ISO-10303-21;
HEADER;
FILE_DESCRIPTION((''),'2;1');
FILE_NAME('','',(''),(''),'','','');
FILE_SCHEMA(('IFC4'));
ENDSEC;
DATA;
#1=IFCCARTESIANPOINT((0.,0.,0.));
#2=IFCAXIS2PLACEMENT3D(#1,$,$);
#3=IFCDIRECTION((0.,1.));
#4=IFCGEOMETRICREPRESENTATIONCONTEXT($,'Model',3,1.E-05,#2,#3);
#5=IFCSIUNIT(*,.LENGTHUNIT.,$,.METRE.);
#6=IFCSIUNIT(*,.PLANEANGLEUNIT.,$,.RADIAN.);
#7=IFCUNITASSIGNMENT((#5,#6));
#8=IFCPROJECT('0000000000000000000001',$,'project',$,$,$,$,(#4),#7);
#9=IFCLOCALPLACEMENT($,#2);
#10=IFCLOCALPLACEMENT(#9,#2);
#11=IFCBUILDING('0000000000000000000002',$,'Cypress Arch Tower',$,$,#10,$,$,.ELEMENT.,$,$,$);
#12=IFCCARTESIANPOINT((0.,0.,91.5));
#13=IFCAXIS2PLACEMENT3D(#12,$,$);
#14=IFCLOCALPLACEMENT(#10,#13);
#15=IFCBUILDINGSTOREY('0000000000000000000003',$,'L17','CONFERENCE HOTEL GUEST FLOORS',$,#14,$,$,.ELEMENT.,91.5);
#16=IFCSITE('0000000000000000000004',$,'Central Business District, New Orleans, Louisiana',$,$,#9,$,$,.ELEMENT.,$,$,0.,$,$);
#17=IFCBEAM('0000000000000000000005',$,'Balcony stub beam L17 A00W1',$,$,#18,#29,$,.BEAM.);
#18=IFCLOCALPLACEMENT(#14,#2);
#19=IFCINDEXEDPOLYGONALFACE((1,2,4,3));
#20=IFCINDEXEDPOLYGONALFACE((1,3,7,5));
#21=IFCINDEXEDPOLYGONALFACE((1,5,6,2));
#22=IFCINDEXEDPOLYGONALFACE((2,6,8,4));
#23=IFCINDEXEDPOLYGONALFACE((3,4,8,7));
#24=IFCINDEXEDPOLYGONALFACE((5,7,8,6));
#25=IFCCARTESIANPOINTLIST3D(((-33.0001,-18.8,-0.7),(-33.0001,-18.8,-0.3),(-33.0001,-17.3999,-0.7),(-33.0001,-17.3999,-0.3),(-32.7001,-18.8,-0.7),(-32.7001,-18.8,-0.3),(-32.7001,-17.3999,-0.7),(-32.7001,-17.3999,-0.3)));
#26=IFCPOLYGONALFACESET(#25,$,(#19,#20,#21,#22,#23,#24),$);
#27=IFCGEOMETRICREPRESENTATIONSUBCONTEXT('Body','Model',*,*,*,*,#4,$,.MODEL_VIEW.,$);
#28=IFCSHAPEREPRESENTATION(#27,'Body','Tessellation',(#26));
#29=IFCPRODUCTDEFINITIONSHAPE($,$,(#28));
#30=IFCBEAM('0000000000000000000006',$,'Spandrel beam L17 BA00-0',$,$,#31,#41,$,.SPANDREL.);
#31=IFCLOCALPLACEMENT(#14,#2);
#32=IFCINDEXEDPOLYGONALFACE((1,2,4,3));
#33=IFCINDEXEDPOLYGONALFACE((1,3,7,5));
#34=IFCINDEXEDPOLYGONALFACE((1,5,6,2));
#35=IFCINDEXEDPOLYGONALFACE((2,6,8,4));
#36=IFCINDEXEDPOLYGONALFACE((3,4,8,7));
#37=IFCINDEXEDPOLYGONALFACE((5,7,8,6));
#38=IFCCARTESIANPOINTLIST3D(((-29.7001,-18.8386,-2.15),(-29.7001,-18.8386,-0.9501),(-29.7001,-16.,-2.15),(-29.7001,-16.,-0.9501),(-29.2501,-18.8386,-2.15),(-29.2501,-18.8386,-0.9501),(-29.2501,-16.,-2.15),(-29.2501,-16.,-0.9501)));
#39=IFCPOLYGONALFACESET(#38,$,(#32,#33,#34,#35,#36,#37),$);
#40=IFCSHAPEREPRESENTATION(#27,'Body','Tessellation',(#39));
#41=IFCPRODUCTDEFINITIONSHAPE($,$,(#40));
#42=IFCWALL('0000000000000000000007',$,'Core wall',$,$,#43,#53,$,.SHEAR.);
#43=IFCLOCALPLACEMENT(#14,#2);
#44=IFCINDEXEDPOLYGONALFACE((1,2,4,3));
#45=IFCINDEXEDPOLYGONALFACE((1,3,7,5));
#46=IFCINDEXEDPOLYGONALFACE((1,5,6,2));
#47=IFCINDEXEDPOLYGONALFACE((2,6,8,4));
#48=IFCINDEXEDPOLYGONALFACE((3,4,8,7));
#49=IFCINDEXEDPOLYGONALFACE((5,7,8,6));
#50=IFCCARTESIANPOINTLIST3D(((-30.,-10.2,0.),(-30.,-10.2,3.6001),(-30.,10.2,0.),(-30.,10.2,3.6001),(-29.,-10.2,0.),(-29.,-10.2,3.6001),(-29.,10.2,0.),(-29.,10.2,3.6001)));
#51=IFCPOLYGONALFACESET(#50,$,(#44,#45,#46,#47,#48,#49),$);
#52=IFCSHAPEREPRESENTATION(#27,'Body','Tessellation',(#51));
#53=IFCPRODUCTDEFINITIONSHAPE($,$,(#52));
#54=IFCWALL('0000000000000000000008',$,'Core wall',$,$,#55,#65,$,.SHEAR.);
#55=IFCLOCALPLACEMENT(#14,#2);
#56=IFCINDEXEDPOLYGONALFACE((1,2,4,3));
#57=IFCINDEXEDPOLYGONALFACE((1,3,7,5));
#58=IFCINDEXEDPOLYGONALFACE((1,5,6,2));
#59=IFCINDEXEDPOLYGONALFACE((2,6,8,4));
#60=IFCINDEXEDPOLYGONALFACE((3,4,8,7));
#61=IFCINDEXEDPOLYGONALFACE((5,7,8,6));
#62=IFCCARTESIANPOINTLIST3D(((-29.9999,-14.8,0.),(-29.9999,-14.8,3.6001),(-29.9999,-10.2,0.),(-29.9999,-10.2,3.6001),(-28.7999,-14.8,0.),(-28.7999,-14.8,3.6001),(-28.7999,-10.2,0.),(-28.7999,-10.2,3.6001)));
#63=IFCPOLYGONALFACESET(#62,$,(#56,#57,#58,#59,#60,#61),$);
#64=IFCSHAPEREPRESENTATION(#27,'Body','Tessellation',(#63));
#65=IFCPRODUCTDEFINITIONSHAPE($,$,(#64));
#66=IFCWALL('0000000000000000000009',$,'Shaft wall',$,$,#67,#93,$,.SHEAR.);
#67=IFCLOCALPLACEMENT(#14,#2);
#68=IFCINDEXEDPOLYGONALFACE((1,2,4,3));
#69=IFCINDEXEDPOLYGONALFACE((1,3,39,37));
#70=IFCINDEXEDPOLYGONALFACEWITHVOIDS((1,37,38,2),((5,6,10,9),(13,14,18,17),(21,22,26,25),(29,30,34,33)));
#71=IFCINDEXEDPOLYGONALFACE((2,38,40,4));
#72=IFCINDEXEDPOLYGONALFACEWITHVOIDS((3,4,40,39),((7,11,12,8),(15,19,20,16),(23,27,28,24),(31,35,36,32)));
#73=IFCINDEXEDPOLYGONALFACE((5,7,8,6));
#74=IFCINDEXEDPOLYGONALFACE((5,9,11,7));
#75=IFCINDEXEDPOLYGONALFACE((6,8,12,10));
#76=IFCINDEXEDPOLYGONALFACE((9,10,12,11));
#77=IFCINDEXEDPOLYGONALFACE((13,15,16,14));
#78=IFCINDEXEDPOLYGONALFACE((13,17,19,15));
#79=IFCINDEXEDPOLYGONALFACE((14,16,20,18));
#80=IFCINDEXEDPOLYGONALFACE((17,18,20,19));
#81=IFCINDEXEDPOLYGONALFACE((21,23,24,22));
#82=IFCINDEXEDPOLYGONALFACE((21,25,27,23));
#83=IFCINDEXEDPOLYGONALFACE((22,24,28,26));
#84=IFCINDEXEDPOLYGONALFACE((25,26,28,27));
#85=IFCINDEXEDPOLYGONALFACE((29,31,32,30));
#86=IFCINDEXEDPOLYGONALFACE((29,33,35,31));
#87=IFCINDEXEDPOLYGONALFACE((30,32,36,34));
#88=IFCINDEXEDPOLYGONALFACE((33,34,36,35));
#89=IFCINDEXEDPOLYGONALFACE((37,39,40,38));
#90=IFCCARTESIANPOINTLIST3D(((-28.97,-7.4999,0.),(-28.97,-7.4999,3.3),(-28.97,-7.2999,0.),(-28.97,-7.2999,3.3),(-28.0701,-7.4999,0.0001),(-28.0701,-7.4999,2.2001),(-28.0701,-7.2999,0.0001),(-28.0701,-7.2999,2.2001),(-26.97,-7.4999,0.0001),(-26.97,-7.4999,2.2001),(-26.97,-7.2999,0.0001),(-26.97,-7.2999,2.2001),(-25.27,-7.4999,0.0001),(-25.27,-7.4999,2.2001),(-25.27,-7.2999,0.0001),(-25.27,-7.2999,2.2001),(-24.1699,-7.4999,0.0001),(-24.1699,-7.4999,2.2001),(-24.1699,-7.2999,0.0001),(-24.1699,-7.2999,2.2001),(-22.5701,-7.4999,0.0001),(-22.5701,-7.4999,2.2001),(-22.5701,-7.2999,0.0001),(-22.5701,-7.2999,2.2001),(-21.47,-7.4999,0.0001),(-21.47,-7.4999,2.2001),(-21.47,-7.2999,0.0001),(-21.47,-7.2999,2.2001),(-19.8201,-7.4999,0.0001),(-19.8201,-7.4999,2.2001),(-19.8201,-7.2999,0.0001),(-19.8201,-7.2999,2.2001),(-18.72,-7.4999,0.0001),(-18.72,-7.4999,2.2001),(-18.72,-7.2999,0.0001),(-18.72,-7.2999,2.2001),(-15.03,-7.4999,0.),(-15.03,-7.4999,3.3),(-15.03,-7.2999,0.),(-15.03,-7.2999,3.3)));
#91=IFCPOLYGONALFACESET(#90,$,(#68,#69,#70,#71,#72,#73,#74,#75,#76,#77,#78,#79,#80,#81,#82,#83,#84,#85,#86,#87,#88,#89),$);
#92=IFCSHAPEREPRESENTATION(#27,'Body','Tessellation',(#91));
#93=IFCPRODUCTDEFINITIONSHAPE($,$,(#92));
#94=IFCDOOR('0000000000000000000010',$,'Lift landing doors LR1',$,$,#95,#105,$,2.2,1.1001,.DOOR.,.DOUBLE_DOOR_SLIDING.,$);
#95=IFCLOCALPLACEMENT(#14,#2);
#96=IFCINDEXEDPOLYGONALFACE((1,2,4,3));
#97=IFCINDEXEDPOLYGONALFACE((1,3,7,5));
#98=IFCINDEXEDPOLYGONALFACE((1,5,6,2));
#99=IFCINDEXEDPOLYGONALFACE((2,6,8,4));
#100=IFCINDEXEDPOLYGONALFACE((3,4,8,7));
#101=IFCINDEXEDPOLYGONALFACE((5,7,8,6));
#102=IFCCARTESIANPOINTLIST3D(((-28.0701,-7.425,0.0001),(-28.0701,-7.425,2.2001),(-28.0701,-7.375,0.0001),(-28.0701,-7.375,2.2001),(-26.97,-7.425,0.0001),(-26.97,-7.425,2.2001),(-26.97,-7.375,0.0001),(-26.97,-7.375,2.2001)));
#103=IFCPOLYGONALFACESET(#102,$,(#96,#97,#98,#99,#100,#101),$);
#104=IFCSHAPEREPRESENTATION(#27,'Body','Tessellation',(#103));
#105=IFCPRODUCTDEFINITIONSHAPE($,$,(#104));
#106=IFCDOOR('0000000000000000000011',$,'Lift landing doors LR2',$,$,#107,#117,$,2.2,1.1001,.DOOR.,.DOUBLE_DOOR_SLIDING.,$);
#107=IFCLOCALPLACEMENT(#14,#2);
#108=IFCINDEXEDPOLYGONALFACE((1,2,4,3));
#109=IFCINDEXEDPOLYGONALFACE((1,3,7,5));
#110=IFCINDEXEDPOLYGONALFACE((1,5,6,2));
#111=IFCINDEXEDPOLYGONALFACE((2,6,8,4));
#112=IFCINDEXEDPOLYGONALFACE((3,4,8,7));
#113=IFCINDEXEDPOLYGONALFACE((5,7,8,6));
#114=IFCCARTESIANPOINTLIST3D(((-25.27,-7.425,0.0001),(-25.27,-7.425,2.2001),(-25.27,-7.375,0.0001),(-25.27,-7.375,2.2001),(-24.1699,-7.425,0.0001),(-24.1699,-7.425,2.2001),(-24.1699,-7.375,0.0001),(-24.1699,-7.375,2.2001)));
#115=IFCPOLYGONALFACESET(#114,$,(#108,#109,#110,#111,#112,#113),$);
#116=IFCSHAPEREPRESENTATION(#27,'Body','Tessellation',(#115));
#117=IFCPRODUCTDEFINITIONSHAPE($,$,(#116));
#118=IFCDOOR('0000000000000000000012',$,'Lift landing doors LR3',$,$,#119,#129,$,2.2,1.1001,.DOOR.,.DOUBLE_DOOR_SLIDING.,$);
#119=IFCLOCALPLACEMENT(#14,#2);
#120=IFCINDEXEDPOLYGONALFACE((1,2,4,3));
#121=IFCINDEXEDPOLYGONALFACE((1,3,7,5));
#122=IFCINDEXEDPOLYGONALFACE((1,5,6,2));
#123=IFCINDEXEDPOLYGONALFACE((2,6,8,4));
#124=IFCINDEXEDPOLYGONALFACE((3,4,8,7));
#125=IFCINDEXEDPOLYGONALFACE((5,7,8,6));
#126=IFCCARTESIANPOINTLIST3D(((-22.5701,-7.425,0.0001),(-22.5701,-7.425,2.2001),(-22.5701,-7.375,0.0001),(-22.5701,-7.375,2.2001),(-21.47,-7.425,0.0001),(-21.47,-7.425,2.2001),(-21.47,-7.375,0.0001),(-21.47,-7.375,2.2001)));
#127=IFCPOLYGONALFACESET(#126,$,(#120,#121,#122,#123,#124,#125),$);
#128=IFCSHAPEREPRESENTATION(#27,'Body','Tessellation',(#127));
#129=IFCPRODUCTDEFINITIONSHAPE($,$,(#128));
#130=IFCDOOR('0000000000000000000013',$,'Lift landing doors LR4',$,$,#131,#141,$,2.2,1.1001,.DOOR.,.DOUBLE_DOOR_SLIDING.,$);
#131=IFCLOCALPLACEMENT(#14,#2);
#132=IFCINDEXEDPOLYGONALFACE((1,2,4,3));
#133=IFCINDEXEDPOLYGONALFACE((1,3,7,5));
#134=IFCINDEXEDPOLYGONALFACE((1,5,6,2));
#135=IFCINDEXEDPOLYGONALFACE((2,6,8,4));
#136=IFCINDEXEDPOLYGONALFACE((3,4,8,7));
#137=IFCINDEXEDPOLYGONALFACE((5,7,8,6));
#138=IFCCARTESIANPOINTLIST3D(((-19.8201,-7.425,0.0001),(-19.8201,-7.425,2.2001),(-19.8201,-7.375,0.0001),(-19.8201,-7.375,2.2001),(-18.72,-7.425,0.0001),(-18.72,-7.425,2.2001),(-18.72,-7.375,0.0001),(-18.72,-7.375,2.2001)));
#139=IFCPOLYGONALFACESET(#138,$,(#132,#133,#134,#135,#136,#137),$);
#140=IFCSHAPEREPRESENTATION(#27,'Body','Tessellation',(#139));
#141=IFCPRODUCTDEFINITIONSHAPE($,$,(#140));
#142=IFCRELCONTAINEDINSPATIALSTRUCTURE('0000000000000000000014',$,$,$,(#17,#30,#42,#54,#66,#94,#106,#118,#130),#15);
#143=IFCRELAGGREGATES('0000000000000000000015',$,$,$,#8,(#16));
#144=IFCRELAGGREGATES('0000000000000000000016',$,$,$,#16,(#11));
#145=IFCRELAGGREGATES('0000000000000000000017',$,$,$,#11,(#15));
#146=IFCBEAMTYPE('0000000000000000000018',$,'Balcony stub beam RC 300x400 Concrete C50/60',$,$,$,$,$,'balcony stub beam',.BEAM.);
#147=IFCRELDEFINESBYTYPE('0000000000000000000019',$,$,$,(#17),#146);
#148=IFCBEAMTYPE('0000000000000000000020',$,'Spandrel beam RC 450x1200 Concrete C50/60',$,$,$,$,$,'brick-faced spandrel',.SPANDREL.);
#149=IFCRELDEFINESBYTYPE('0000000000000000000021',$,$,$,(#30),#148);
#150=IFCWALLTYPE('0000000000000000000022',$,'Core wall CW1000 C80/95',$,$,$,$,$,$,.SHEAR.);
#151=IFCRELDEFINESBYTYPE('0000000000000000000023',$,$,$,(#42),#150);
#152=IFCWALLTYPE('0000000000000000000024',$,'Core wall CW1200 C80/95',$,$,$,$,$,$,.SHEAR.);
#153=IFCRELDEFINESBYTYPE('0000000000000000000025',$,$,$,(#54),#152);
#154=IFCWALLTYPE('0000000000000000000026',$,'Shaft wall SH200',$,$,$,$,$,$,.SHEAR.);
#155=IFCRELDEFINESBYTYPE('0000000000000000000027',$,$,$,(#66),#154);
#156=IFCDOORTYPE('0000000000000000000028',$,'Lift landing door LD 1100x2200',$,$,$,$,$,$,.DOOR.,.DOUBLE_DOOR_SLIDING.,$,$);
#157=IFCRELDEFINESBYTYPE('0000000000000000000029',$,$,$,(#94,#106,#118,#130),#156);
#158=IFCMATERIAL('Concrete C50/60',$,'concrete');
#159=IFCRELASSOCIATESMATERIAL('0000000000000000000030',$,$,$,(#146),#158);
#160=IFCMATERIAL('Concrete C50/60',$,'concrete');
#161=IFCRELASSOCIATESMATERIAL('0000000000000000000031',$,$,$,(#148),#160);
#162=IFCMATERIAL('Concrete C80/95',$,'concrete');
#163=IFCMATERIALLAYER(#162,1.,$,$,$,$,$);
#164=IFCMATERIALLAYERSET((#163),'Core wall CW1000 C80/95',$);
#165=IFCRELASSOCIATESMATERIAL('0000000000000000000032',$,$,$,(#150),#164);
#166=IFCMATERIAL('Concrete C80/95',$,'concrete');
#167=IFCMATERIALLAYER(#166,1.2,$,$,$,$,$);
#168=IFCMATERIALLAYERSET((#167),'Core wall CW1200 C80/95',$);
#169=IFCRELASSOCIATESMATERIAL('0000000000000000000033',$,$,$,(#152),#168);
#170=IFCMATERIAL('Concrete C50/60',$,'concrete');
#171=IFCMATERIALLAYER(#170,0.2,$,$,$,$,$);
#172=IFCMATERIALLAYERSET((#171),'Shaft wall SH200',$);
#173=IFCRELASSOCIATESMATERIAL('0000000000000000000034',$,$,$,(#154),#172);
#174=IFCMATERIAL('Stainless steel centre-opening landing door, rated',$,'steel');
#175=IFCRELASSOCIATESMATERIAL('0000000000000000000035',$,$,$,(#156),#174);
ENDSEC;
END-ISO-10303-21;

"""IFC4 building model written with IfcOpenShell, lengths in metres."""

from ifc_helpers import new_model, si_unit, direction, frame, frame_2d, origin, origin_2d, place, context, subcontext, project, spatial, rectangle, extrude, material, layer, layer_set, material_profile, profile_set, type_object, element, fill, save


model = new_model("IFC4")

# Units and contexts
model_context = context("Model", 3, precision=1e-05, world=origin(), true_north=direction((0.0, 1.0)))
body_context = subcontext(model_context, "Body", "Model", "MODEL_VIEW")
ifc_project = project(units=[si_unit("LENGTHUNIT", "METRE"), si_unit("PLANEANGLEUNIT", "RADIAN")], contexts=[model_context])

# Site, building, storey
site_placement = place(None, origin())
site = spatial("IfcSite", under=ifc_project, at=site_placement, Name="Central Business District, New Orleans, Louisiana", CompositionType="ELEMENT", RefElevation=0.0)
building_placement = place(site_placement, origin())
building = spatial("IfcBuilding", under=site, at=building_placement, Name="Cypress Arch Tower", CompositionType="ELEMENT")
storey_placement = place(building_placement, frame((0.0, 0.0, 91.5)))
storey = spatial("IfcBuildingStorey", under=building, at=storey_placement, Name="L17", Description="CONFERENCE HOTEL GUEST FLOORS", CompositionType="ELEMENT", Elevation=91.5)

# Beams
ifc_material_1 = material(Name="Concrete C50/60", Category="concrete")
ifc_material_profile_1 = material_profile(ifc_material_1, rectangle(XDim=0.3, YDim=0.3999, at=origin_2d()), Name="RC 300x400")
ifc_profile_set_1 = profile_set([ifc_material_profile_1], Name="Concrete C50/60")
beam_type_1 = type_object("IfcBeamType", Name="Balcony stub beam RC 300x400 Concrete C50/60", ElementType="balcony stub beam", PredefinedType="BEAM", material=ifc_profile_set_1)
beam_1_placement = place(storey_placement, frame((-32.8501, -17.3999, -0.5), z_axis=(0.0, -1.0, 0.0), x_axis=(1.0, 0.0, 0.0)))
element("IfcBeam", 1, at=beam_1_placement, inside=storey, type_object=beam_type_1, Name="Balcony stub beam L17 A00W1", PredefinedType="BEAM", context=body_context, shape_type="SweptSolid", body=[
    extrude(rectangle(XDim=0.3, YDim=0.3999, at=origin_2d()), origin(), (0.0, 0.0, 1.0), 1.4001),
])
ifc_material_2 = material(Name="Concrete C50/60", Category="concrete")
ifc_material_profile_2 = material_profile(ifc_material_2, rectangle(XDim=0.45, YDim=1.2, at=origin_2d()), Name="RC 450x1200")
ifc_profile_set_2 = profile_set([ifc_material_profile_2], Name="Concrete C50/60")
beam_type_2 = type_object("IfcBeamType", Name="Spandrel beam RC 450x1200 Concrete C50/60", ElementType="brick-faced spandrel", PredefinedType="SPANDREL", material=ifc_profile_set_2)
beam_2_placement = place(storey_placement, frame((-29.4751, -16.0, -1.55), z_axis=(0.0, -1.0, 0.0), x_axis=(1.0, 0.0, 0.0)))
element("IfcBeam", 2, at=beam_2_placement, inside=storey, type_object=beam_type_2, Name="Spandrel beam L17 BA00-0", PredefinedType="SPANDREL", context=body_context, shape_type="SweptSolid", body=[
    extrude(rectangle(XDim=0.45, YDim=1.2, at=origin_2d()), origin(), (0.0, 0.0, 1.0), 2.8386),
])

# Wall
ifc_material_3 = material(Name="Concrete C80/95", Category="concrete")
ifc_layer_1 = layer(ifc_material_3, 1.0)
ifc_layer_set_1 = layer_set([ifc_layer_1], Name="Core wall CW1000 C80/95")
wall_type_1 = type_object("IfcWallType", Name="Core wall CW1000 C80/95", PredefinedType="SHEAR", material=ifc_layer_set_1)
wall_1_placement = place(storey_placement, frame((-29.5, -10.2, 0.0), z_axis=(0.0, 0.0, 1.0), x_axis=(0.0, 1.0, 0.0)))
element("IfcWall", 3, at=wall_1_placement, inside=storey, type_object=wall_type_1, Name="Core wall", PredefinedType="SHEAR", context=body_context, shape_type="SweptSolid", body=[
    extrude(rectangle(XDim=20.3999, YDim=1.0, at=frame_2d((10.2, 0.0))), origin(), (0.0, 0.0, 1.0), 3.6001),
])

# Shared definitions
ifc_material_4 = material(Name="Concrete C80/95", Category="concrete")
ifc_layer_2 = layer(ifc_material_4, 1.2)
ifc_layer_set_2 = layer_set([ifc_layer_2], Name="Core wall CW1200 C80/95")
wall_type_2 = type_object("IfcWallType", Name="Core wall CW1200 C80/95", PredefinedType="SHEAR", material=ifc_layer_set_2)

# Wall
wall_2_placement = place(storey_placement, frame((-29.3999, -14.8, 0.0), z_axis=(0.0, 0.0, 1.0), x_axis=(0.0, 1.0, 0.0)))
element("IfcWall", 4, at=wall_2_placement, inside=storey, type_object=wall_type_2, Name="Core wall", PredefinedType="SHEAR", context=body_context, shape_type="SweptSolid", body=[
    extrude(rectangle(XDim=4.6001, YDim=1.2, at=frame_2d((2.3, 0.0))), origin(), (0.0, 0.0, 1.0), 3.6001),
])

# Wall, openings, doors
ifc_material_5 = material(Name="Concrete C50/60", Category="concrete")
ifc_layer_3 = layer(ifc_material_5, 0.2)
ifc_layer_set_3 = layer_set([ifc_layer_3], Name="Shaft wall SH200")
wall_type_3 = type_object("IfcWallType", Name="Shaft wall SH200", PredefinedType="SHEAR", material=ifc_layer_set_3)
wall_3_placement = place(storey_placement, frame((-28.97, -7.3999, 0.0), z_axis=(0.0, 0.0, 1.0), x_axis=(1.0, 0.0, 0.0)))
wall_3 = element("IfcWall", 5, at=wall_3_placement, inside=storey, type_object=wall_type_3, Name="Shaft wall", PredefinedType="SHEAR", context=body_context, shape_type="SweptSolid", body=[
    extrude(rectangle(XDim=13.9399, YDim=0.2, at=frame_2d((6.97, 0.0))), origin(), (0.0, 0.0, 1.0), 3.3),
])
opening_1_placement = place(wall_3_placement, frame((0.8999, 0.0, 0.0)))
opening_1 = element("IfcOpeningElement", 6, at=opening_1_placement, cuts=wall_3, PredefinedType="OPENING", context=body_context, shape_type="SweptSolid", body=[
    extrude(rectangle(XDim=1.1001, YDim=2.2, at=frame_2d((0.55, 1.1001))), frame((0.0, 0.1099, 0.0), z_axis=(0.0, -1.0, 0.0), x_axis=(1.0, 0.0, 0.0)), (0.0, 0.0, 1.0), 0.22),
])
opening_2_placement = place(wall_3_placement, frame((3.7, 0.0, 0.0)))
opening_2 = element("IfcOpeningElement", 7, at=opening_2_placement, cuts=wall_3, PredefinedType="OPENING", context=body_context, shape_type="SweptSolid", body=[
    extrude(rectangle(XDim=1.1001, YDim=2.2, at=frame_2d((0.55, 1.1001))), frame((0.0, 0.1099, 0.0), z_axis=(0.0, -1.0, 0.0), x_axis=(1.0, 0.0, 0.0)), (0.0, 0.0, 1.0), 0.22),
])
opening_3_placement = place(wall_3_placement, frame((6.3999, 0.0, 0.0)))
opening_3 = element("IfcOpeningElement", 8, at=opening_3_placement, cuts=wall_3, PredefinedType="OPENING", context=body_context, shape_type="SweptSolid", body=[
    extrude(rectangle(XDim=1.1001, YDim=2.2, at=frame_2d((0.55, 1.1001))), frame((0.0, 0.1099, 0.0), z_axis=(0.0, -1.0, 0.0), x_axis=(1.0, 0.0, 0.0)), (0.0, 0.0, 1.0), 0.22),
])
opening_4_placement = place(wall_3_placement, frame((9.1499, 0.0, 0.0)))
opening_4 = element("IfcOpeningElement", 9, at=opening_4_placement, cuts=wall_3, PredefinedType="OPENING", context=body_context, shape_type="SweptSolid", body=[
    extrude(rectangle(XDim=1.1001, YDim=2.2, at=frame_2d((0.55, 1.1001))), frame((0.0, 0.1099, 0.0), z_axis=(0.0, -1.0, 0.0), x_axis=(1.0, 0.0, 0.0)), (0.0, 0.0, 1.0), 0.22),
])
ifc_material_6 = material(Name="Stainless steel centre-opening landing door, rated", Category="steel")
door_type_1 = type_object("IfcDoorType", Name="Lift landing door LD 1100x2200", OperationType="DOUBLE_DOOR_SLIDING", PredefinedType="DOOR", material=ifc_material_6)
door_1_placement = place(opening_1_placement, origin())
door_1 = element("IfcDoor", 10, at=door_1_placement, inside=storey, type_object=door_type_1, Name="Lift landing doors LR1", OperationType="DOUBLE_DOOR_SLIDING", OverallHeight=2.2, OverallWidth=1.1001, PredefinedType="DOOR", context=body_context, shape_type="SweptSolid", body=[
    extrude(rectangle(XDim=1.1001, YDim=2.2, at=frame_2d((0.55, 1.1001))), frame((0.0, 0.0249, 0.0), z_axis=(0.0, -1.0, 0.0), x_axis=(1.0, 0.0, 0.0)), (0.0, 0.0, 1.0), 0.05),
])
fill(opening_1, door_1)
door_2_placement = place(opening_2_placement, origin())
door_2 = element("IfcDoor", 11, at=door_2_placement, inside=storey, type_object=door_type_1, Name="Lift landing doors LR2", OperationType="DOUBLE_DOOR_SLIDING", OverallHeight=2.2, OverallWidth=1.1001, PredefinedType="DOOR", context=body_context, shape_type="SweptSolid", body=[
    extrude(rectangle(XDim=1.1001, YDim=2.2, at=frame_2d((0.55, 1.1001))), frame((0.0, 0.0249, 0.0), z_axis=(0.0, -1.0, 0.0), x_axis=(1.0, 0.0, 0.0)), (0.0, 0.0, 1.0), 0.05),
])
fill(opening_2, door_2)
door_3_placement = place(opening_3_placement, origin())
door_3 = element("IfcDoor", 12, at=door_3_placement, inside=storey, type_object=door_type_1, Name="Lift landing doors LR3", OperationType="DOUBLE_DOOR_SLIDING", OverallHeight=2.2, OverallWidth=1.1001, PredefinedType="DOOR", context=body_context, shape_type="SweptSolid", body=[
    extrude(rectangle(XDim=1.1001, YDim=2.2, at=frame_2d((0.55, 1.1001))), frame((0.0, 0.0249, 0.0), z_axis=(0.0, -1.0, 0.0), x_axis=(1.0, 0.0, 0.0)), (0.0, 0.0, 1.0), 0.05),
])
fill(opening_3, door_3)
door_4_placement = place(opening_4_placement, origin())
door_4 = element("IfcDoor", 13, at=door_4_placement, inside=storey, type_object=door_type_1, Name="Lift landing doors LR4", OperationType="DOUBLE_DOOR_SLIDING", OverallHeight=2.2, OverallWidth=1.1001, PredefinedType="DOOR", context=body_context, shape_type="SweptSolid", body=[
    extrude(rectangle(XDim=1.1001, YDim=2.2, at=frame_2d((0.55, 1.1001))), frame((0.0, 0.0249, 0.0), z_axis=(0.0, -1.0, 0.0), x_axis=(1.0, 0.0, 0.0)), (0.0, 0.0, 1.0), 0.05),
])
fill(opening_4, door_4)

save(model, "model.ifc")
